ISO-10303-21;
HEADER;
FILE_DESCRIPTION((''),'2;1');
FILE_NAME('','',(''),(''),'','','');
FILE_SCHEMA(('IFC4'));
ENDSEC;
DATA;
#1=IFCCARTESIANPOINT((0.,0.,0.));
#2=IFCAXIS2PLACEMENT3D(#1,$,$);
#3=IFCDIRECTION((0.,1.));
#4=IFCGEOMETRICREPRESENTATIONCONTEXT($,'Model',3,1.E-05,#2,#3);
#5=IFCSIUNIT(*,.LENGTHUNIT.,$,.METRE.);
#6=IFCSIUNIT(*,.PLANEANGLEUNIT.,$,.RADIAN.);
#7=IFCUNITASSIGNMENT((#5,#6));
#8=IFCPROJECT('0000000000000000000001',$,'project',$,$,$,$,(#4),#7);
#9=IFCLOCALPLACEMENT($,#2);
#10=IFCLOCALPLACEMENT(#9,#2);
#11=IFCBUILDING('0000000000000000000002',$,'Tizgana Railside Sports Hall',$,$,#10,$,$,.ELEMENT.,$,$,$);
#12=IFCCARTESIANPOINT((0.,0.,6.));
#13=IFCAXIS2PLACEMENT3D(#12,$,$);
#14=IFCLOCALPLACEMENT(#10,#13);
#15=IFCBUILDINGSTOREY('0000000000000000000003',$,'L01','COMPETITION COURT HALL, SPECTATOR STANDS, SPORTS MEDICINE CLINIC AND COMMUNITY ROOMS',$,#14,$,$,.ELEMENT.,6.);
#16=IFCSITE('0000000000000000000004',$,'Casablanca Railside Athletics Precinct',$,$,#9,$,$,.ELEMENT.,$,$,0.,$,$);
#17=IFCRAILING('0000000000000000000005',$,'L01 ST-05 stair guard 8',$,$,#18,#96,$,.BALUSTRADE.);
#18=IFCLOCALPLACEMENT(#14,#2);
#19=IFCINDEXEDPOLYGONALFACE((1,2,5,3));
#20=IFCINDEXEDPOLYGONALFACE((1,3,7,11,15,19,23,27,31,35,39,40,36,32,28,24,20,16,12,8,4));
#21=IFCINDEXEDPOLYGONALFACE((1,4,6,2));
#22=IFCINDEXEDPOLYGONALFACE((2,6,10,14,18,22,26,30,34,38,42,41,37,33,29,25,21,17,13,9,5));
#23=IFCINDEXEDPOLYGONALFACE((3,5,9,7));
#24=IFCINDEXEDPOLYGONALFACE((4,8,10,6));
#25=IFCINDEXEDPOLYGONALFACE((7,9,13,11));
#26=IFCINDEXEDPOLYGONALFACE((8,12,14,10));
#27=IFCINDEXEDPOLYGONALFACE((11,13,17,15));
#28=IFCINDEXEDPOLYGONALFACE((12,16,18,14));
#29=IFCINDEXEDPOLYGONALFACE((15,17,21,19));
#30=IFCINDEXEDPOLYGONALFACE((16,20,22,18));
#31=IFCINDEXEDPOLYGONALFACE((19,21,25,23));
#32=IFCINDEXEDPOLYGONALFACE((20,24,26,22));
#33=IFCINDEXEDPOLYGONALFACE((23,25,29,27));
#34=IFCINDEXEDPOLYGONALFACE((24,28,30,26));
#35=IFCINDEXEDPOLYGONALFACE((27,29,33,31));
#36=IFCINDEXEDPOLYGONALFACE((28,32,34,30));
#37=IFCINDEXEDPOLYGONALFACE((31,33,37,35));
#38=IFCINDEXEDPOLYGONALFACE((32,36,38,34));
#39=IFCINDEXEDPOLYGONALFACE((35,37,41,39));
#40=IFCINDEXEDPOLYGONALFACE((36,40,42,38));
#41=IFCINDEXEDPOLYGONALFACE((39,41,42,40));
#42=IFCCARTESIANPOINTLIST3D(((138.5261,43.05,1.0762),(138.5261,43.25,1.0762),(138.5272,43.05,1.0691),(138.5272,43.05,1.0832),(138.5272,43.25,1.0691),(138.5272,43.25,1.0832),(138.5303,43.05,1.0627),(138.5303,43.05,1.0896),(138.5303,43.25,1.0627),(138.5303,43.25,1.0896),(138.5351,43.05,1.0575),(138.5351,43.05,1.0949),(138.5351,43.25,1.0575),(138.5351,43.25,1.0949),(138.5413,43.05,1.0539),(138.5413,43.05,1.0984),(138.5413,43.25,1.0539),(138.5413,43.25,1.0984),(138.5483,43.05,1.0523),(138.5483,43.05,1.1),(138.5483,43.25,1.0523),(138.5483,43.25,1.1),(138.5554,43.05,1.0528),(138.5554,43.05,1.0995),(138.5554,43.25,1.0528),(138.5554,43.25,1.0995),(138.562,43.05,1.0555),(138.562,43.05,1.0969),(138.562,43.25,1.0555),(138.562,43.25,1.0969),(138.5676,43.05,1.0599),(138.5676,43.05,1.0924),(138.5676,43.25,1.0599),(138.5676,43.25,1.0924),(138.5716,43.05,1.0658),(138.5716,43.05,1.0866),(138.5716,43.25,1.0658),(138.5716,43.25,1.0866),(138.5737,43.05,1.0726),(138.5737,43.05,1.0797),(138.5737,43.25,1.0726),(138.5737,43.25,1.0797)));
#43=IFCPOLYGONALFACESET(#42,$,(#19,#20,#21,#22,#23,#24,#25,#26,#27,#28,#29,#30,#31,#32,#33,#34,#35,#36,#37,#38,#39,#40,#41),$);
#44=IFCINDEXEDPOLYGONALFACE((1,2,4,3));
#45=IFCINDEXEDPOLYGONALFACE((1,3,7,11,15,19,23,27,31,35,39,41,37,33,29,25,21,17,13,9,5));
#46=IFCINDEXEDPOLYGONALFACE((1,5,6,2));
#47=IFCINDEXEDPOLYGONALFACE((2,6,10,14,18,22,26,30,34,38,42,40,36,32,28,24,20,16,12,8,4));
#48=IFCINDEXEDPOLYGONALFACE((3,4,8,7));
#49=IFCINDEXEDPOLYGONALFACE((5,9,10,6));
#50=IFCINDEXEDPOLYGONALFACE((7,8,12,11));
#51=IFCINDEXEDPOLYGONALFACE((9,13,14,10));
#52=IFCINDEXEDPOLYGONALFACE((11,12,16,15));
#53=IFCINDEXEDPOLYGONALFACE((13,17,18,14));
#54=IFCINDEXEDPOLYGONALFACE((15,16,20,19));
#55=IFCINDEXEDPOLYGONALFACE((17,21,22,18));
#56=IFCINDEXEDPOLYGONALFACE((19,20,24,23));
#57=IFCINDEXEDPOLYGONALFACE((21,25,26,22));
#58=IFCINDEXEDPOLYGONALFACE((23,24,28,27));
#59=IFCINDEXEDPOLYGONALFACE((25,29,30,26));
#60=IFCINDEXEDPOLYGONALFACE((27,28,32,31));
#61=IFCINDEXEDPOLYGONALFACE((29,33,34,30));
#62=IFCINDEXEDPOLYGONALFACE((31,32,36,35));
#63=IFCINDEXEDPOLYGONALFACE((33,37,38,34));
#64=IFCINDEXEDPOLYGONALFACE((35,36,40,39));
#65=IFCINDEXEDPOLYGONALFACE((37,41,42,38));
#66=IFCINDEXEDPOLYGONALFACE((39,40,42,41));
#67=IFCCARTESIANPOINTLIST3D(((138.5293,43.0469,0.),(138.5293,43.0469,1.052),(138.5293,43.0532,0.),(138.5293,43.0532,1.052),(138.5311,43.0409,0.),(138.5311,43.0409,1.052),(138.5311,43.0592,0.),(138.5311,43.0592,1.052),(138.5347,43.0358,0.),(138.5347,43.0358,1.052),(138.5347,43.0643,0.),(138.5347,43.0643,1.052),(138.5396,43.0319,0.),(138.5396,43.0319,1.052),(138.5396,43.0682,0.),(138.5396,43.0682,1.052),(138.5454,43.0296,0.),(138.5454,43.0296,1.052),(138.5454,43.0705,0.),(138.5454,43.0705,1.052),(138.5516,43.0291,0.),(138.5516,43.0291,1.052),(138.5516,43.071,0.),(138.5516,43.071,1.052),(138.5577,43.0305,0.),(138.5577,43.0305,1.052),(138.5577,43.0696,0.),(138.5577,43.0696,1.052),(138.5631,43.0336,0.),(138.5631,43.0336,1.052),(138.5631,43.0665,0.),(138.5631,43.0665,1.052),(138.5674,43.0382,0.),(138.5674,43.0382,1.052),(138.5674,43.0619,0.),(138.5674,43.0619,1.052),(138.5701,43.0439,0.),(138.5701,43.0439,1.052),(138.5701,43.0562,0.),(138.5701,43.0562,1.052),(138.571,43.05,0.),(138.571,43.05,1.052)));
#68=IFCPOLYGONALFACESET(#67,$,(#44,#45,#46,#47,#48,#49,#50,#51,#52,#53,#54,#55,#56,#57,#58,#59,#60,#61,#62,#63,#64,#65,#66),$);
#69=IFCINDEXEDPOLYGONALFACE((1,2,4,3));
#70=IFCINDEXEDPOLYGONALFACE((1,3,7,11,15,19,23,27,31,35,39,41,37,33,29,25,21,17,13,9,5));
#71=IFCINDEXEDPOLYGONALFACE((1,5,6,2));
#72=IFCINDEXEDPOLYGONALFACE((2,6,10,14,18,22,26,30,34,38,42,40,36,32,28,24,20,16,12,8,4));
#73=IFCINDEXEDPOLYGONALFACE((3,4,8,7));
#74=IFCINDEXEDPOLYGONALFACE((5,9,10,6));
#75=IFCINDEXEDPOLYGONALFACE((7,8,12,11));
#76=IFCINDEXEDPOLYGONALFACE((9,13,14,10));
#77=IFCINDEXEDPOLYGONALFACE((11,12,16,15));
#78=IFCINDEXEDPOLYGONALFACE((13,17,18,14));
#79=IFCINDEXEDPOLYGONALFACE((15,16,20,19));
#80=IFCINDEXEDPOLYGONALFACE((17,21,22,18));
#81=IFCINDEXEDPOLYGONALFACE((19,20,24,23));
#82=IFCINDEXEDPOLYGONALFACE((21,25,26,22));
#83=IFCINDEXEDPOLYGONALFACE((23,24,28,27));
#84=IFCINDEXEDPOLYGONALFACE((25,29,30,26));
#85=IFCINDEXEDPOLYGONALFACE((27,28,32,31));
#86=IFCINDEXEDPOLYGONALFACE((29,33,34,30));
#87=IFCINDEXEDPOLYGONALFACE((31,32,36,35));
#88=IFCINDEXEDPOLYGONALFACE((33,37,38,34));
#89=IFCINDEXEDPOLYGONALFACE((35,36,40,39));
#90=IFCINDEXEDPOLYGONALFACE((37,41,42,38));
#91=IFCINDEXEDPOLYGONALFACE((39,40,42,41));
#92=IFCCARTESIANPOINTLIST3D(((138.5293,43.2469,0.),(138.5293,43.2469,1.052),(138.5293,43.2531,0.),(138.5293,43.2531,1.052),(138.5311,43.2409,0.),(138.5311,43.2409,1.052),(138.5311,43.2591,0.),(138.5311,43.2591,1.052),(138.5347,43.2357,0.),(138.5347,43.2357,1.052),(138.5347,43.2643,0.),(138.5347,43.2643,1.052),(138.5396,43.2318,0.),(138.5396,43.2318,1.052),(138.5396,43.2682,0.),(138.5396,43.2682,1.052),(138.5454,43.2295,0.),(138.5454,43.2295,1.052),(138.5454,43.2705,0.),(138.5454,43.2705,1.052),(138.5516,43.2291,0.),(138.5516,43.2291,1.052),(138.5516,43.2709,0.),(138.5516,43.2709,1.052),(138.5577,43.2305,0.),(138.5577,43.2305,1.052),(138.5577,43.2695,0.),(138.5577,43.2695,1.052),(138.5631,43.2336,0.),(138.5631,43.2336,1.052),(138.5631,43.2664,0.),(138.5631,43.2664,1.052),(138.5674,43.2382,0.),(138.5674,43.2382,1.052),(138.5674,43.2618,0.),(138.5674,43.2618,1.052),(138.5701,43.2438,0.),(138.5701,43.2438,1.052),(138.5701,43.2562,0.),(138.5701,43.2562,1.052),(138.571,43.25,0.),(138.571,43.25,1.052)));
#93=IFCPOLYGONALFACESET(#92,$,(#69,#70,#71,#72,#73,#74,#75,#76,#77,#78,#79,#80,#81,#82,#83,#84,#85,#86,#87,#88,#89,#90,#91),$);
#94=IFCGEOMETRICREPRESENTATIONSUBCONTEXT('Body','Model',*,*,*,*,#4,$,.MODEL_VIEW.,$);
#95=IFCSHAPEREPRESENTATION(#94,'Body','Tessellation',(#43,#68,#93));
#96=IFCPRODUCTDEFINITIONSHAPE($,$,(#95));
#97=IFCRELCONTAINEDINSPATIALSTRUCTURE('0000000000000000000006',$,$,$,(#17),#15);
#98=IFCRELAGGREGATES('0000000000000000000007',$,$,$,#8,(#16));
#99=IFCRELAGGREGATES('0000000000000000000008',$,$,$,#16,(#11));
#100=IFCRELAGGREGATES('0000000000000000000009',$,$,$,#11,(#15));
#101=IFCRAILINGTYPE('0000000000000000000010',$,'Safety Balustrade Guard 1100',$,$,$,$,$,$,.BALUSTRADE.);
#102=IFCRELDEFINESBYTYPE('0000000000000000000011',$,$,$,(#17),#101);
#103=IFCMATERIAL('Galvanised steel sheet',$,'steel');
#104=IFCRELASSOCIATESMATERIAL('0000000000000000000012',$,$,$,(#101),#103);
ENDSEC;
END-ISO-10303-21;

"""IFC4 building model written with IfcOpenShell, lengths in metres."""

from ifc_helpers import new_model, si_unit, direction, frame, origin, origin_2d, place, context, subcontext, project, spatial, circle, extrude, material, type_object, element, save


model = new_model("IFC4")

# Units and contexts
model_context = context("Model", 3, precision=1e-05, world=origin(), true_north=direction((0.0, 1.0)))
body_context = subcontext(model_context, "Body", "Model", "MODEL_VIEW")
ifc_project = project(units=[si_unit("LENGTHUNIT", "METRE"), si_unit("PLANEANGLEUNIT", "RADIAN")], contexts=[model_context])

# Site, building, storey
site_placement = place(None, origin())
site = spatial("IfcSite", under=ifc_project, at=site_placement, Name="Casablanca Railside Athletics Precinct", CompositionType="ELEMENT", RefElevation=0.0)
building_placement = place(site_placement, origin())
building = spatial("IfcBuilding", under=site, at=building_placement, Name="Tizgana Railside Sports Hall", CompositionType="ELEMENT")
storey_placement = place(building_placement, frame((0.0, 0.0, 6.0)))
storey = spatial("IfcBuildingStorey", under=building, at=storey_placement, Name="L01", Description="COMPETITION COURT HALL, SPECTATOR STANDS, SPORTS MEDICINE CLINIC AND COMMUNITY ROOMS", CompositionType="ELEMENT", Elevation=6.0)

# Railing
ifc_material_1 = material(Name="Galvanised steel sheet", Category="steel")
railing_type_1 = type_object("IfcRailingType", Name="Safety Balustrade Guard 1100", PredefinedType="BALUSTRADE", material=ifc_material_1)
railing_1_placement = place(storey_placement, frame((138.55, 43.05, 0.0)))
element("IfcRailing", 1, at=railing_1_placement, inside=storey, type_object=railing_type_1, Name="L01 ST-05 stair guard 8", PredefinedType="BALUSTRADE", context=body_context, shape_type="SweptSolid", body=[
    extrude(circle(Radius=0.0239, at=origin_2d()), frame((0.0, 0.0, 1.0762), z_axis=(0.0, 1.0, 0.0), x_axis=(-1.0, 0.0, 0.0)), (0.0, 0.0, 1.0), 0.2),
    extrude(circle(Radius=0.021, at=origin_2d()), origin(), (0.0, 0.0, 1.0), 1.052),
    extrude(circle(Radius=0.021, at=origin_2d()), frame((0.0, 0.2, 0.0)), (0.0, 0.0, 1.0), 1.052),
])

save(model, "model.ifc")
